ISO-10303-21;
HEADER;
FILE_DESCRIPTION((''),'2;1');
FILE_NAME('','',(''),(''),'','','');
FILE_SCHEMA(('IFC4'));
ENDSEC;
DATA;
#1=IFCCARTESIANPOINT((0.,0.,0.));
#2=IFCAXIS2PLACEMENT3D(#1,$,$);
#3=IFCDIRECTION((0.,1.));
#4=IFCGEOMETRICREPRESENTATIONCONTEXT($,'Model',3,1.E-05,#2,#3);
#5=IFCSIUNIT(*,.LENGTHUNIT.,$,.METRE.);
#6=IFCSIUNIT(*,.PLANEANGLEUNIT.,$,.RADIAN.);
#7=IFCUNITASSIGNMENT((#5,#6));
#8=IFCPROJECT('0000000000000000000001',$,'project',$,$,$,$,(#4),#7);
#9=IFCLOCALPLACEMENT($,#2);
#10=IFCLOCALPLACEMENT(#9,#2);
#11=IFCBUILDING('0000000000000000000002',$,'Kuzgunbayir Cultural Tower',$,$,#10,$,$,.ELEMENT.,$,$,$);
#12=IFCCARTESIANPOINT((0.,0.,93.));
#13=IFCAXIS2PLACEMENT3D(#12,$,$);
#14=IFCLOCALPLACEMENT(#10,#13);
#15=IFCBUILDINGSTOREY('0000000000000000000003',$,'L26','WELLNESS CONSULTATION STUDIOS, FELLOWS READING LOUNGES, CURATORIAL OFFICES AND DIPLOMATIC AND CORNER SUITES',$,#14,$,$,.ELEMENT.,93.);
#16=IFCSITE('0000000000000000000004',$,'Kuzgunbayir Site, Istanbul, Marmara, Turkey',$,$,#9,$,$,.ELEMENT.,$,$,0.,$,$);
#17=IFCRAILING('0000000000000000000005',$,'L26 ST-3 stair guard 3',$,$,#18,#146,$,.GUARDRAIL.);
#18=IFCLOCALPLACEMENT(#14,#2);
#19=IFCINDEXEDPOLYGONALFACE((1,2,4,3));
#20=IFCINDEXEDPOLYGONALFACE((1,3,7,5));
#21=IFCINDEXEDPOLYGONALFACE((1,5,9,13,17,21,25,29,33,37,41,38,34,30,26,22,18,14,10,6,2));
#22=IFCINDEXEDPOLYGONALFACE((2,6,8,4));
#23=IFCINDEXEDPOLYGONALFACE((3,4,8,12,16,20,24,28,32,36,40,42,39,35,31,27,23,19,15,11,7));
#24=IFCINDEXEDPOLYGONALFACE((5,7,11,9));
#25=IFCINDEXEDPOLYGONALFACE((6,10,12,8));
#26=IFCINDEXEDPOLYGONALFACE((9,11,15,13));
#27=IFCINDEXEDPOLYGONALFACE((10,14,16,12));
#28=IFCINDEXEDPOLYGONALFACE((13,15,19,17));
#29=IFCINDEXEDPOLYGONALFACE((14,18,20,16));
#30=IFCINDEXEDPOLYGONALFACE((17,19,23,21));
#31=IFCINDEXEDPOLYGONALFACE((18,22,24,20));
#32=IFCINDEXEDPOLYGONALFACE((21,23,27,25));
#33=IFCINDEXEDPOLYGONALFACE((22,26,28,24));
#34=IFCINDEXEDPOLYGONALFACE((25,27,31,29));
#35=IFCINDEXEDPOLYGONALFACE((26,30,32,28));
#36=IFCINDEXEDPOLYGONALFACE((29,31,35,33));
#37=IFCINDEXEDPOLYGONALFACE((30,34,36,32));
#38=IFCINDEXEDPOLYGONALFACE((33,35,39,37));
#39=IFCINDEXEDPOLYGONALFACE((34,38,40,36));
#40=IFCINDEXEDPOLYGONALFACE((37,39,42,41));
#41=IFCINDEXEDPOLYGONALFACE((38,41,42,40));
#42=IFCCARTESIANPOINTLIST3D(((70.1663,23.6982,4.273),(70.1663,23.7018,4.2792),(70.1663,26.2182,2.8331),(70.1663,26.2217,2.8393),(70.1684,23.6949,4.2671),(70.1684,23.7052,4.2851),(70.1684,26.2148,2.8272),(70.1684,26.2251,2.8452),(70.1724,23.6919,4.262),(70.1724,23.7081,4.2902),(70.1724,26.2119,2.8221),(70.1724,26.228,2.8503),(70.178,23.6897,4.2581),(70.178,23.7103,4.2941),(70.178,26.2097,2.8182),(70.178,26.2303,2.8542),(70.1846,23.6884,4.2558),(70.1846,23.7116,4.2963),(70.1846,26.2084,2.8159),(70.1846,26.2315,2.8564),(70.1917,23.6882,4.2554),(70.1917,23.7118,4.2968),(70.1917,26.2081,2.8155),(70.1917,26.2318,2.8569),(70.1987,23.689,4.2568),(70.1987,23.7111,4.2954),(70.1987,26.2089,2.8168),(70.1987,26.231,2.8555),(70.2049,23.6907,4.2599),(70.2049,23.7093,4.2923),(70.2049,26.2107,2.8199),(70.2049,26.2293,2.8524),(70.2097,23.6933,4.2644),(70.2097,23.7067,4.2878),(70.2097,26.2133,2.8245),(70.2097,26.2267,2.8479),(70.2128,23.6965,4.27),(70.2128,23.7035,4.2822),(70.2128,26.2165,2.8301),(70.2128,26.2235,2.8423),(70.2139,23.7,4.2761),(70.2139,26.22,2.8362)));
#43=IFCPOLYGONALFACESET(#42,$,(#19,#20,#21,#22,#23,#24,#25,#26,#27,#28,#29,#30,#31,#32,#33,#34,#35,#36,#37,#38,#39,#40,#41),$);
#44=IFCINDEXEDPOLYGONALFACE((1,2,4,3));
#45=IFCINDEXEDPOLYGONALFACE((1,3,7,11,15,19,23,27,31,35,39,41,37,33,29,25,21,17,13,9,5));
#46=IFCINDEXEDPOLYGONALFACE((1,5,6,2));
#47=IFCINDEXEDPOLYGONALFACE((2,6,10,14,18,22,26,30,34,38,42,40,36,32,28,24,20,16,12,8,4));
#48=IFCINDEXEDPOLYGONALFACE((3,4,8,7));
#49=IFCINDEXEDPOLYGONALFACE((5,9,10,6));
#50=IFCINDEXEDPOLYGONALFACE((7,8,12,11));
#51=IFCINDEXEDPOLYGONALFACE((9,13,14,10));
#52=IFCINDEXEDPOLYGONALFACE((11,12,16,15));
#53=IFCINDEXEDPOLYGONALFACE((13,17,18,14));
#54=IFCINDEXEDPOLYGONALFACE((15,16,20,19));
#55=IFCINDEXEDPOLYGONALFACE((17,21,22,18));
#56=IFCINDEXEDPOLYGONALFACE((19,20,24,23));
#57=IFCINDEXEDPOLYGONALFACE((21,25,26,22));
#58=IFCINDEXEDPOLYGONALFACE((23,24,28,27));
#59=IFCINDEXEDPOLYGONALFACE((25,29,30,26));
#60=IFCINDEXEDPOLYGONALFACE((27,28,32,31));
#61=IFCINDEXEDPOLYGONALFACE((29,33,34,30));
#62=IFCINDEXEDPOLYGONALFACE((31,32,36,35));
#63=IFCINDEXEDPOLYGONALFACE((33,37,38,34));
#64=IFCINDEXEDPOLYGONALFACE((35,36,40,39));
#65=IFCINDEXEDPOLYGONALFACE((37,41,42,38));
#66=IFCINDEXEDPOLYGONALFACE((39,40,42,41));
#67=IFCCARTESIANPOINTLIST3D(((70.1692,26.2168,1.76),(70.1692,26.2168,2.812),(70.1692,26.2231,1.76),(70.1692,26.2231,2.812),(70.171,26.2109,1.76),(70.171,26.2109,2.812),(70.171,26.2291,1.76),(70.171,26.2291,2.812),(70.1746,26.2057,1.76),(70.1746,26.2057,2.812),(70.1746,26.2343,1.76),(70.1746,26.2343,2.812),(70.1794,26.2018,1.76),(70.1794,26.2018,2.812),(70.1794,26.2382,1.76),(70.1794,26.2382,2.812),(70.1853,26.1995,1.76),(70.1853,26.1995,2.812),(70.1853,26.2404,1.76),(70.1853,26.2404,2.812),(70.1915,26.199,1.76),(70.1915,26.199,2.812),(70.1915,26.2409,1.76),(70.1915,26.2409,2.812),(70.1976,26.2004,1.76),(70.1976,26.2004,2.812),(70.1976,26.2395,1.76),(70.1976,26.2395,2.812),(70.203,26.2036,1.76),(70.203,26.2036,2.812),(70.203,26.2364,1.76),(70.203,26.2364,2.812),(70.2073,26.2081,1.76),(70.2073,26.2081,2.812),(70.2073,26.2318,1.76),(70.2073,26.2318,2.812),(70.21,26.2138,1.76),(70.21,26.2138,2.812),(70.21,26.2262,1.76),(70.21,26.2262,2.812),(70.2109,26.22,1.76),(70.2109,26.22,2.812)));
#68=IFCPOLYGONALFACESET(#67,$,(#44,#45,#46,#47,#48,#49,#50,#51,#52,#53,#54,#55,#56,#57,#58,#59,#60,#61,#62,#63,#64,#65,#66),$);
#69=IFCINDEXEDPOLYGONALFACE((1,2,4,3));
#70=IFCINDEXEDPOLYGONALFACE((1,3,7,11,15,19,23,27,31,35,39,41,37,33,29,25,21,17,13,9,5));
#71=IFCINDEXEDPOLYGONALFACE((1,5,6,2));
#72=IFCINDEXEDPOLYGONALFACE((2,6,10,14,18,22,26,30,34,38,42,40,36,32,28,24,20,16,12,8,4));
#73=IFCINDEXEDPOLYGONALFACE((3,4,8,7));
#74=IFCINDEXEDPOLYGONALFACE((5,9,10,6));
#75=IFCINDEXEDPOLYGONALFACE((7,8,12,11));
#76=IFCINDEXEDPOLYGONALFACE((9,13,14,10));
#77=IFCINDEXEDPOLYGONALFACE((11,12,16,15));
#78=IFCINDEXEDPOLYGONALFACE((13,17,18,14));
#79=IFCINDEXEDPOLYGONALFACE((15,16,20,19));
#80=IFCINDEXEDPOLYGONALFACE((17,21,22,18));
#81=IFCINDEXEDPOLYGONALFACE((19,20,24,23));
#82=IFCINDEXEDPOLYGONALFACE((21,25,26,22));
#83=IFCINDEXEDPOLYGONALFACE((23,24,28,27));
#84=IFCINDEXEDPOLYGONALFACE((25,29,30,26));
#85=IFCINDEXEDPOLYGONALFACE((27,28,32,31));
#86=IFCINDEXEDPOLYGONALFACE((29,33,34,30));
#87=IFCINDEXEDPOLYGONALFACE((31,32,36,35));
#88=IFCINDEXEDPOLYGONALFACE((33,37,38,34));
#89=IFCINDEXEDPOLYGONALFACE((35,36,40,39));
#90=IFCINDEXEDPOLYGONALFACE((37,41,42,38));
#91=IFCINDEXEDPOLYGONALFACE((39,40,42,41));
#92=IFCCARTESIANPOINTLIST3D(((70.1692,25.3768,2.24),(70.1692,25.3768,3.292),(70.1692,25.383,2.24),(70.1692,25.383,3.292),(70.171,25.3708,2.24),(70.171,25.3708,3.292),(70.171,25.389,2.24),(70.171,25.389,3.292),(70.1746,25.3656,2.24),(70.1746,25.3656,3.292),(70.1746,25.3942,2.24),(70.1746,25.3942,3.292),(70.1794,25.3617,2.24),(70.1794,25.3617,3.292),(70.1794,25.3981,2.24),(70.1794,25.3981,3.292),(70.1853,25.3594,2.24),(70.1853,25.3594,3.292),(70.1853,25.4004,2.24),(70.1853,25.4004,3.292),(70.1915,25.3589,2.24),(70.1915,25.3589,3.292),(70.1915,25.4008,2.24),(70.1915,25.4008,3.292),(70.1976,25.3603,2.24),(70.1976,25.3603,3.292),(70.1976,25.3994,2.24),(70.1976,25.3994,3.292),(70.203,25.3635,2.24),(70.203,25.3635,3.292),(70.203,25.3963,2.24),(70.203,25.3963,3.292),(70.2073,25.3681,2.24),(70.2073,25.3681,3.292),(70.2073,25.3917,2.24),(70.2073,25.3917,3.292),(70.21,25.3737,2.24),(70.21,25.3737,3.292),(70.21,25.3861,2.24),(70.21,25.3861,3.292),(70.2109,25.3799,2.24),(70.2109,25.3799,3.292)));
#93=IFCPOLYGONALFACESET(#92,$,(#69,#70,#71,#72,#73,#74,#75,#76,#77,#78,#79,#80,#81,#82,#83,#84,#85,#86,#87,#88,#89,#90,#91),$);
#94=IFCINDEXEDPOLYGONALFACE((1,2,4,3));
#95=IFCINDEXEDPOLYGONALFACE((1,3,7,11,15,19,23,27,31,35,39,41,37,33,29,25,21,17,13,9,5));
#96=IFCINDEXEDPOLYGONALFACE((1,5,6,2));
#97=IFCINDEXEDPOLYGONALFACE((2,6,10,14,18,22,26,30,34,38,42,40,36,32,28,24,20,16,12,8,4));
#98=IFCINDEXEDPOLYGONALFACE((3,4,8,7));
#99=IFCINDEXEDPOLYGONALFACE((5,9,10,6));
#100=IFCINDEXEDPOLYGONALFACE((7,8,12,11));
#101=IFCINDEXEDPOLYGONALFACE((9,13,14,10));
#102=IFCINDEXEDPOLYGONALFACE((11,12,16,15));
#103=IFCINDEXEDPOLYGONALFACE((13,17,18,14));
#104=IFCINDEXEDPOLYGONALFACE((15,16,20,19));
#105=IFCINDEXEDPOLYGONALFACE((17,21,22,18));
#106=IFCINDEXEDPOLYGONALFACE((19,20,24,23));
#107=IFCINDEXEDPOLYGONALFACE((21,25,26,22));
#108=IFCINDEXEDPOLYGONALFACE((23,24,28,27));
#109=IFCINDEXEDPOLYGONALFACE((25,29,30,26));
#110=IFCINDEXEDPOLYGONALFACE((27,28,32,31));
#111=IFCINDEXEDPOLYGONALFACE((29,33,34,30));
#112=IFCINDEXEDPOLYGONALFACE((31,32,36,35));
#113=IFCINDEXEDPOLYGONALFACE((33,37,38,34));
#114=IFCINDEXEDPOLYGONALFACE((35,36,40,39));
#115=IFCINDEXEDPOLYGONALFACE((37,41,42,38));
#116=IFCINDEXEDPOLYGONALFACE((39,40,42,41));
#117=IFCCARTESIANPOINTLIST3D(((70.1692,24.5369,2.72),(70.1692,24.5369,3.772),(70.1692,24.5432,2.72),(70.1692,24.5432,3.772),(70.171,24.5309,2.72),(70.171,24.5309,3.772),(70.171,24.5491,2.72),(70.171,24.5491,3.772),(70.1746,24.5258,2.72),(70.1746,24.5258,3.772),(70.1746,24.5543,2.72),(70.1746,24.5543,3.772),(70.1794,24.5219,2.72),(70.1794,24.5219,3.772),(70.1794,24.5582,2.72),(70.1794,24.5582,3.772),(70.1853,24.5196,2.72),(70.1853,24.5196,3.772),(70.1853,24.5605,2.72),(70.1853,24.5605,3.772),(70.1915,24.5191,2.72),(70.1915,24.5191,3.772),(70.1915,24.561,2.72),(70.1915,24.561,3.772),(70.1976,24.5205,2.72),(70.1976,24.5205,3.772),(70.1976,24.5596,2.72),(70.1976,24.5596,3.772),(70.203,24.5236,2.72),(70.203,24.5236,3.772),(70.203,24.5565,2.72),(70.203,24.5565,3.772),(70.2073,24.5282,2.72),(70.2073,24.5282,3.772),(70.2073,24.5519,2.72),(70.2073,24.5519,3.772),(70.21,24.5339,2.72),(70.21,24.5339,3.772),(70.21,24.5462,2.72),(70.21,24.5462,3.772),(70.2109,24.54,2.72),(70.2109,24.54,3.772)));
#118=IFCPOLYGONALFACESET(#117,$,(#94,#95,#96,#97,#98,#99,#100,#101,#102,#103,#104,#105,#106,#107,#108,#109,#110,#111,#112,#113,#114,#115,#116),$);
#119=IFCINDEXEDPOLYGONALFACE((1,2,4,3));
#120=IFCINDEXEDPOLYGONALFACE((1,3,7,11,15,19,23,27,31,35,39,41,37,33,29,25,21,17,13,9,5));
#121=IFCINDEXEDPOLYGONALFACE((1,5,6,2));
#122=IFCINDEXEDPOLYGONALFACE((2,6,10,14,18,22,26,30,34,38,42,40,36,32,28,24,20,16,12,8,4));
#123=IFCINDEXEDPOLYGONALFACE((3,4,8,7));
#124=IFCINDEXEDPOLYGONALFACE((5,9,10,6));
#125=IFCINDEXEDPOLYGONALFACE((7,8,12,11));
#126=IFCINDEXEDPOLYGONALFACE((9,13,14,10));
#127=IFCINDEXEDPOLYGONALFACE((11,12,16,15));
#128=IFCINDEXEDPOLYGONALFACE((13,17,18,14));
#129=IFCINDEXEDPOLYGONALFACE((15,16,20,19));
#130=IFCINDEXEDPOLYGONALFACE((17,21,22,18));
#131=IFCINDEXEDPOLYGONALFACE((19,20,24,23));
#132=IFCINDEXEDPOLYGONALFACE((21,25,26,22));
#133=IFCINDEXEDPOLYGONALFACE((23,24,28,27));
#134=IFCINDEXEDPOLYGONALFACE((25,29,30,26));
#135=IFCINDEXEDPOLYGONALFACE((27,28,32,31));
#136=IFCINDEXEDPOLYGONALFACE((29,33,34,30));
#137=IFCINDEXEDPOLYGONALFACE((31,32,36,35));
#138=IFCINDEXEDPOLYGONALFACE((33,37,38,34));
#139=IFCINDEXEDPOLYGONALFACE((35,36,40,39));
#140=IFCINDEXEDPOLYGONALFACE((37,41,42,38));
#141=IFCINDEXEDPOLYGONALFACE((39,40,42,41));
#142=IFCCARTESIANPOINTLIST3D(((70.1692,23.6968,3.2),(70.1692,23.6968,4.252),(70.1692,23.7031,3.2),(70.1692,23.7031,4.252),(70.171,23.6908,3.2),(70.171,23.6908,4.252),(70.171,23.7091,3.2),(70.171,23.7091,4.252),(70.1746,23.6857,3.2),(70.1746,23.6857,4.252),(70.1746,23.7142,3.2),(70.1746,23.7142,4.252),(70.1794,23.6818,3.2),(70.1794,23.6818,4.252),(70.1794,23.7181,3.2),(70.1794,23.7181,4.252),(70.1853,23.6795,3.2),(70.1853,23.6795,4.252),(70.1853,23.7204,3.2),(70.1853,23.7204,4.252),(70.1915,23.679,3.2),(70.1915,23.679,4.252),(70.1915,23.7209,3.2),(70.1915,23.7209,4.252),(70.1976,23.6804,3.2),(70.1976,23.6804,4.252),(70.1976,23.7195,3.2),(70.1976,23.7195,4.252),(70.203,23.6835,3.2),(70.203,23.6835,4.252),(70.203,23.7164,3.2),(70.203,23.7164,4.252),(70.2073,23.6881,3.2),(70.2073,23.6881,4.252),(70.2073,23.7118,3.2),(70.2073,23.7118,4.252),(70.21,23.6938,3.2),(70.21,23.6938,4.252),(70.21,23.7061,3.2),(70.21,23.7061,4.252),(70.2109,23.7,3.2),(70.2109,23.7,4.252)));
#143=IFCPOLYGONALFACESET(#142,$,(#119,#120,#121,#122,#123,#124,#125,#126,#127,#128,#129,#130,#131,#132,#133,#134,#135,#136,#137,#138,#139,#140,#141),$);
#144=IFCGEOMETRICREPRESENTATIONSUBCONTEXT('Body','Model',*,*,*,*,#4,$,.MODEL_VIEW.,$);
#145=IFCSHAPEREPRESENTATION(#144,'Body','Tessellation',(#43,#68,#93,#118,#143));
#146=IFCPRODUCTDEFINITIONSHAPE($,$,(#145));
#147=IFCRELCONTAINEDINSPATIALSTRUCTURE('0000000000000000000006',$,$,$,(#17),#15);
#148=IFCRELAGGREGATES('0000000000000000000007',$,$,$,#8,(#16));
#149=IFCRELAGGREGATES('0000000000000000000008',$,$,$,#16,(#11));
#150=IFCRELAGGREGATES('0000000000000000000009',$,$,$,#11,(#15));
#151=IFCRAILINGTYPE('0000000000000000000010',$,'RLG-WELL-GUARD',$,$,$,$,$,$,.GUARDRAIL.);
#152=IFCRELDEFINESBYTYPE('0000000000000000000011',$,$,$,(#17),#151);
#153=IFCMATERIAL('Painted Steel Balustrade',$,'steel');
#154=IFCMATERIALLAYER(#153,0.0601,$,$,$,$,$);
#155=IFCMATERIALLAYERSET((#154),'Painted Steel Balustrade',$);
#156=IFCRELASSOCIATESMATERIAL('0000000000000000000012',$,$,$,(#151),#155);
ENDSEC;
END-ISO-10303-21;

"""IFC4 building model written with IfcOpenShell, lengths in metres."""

from ifc_helpers import new_model, si_unit, direction, frame, origin, origin_2d, place, context, subcontext, project, spatial, circle, extrude, material, layer, layer_set, type_object, element, save


model = new_model("IFC4")

# Units and contexts
model_context = context("Model", 3, precision=1e-05, world=origin(), true_north=direction((0.0, 1.0)))
body_context = subcontext(model_context, "Body", "Model", "MODEL_VIEW")
ifc_project = project(units=[si_unit("LENGTHUNIT", "METRE"), si_unit("PLANEANGLEUNIT", "RADIAN")], contexts=[model_context])

# Site, building, storey
site_placement = place(None, origin())
site = spatial("IfcSite", under=ifc_project, at=site_placement, Name="Kuzgunbayir Site, Istanbul, Marmara, Turkey", CompositionType="ELEMENT", RefElevation=0.0)
building_placement = place(site_placement, origin())
building = spatial("IfcBuilding", under=site, at=building_placement, Name="Kuzgunbayir Cultural Tower", CompositionType="ELEMENT")
storey_placement = place(building_placement, frame((0.0, 0.0, 93.0)))
storey = spatial("IfcBuildingStorey", under=building, at=storey_placement, Name="L26", Description="WELLNESS CONSULTATION STUDIOS, FELLOWS READING LOUNGES, CURATORIAL OFFICES AND DIPLOMATIC AND CORNER SUITES", CompositionType="ELEMENT", Elevation=93.0)

# Railing
ifc_material_1 = material(Name="Painted Steel Balustrade", Category="steel")
ifc_layer_1 = layer(ifc_material_1, 0.0601)
ifc_layer_set_1 = layer_set([ifc_layer_1], Name="Painted Steel Balustrade")
railing_type_1 = type_object("IfcRailingType", Name="RLG-WELL-GUARD", PredefinedType="GUARDRAIL", material=ifc_layer_set_1)
railing_1_placement = place(storey_placement, frame((70.1899, 26.22, 1.76)))
element("IfcRailing", 1, at=railing_1_placement, inside=storey, type_object=railing_type_1, Name="L26 ST-3 stair guard 3", PredefinedType="GUARDRAIL", context=body_context, shape_type="SweptSolid", body=[
    extrude(circle(Radius=0.0239, at=origin_2d()), frame((0.0, 0.0, 1.0762), z_axis=(0.0, -0.868253, 0.496121), x_axis=(1.0, 0.0, 0.0)), (0.0, 0.0, 1.0), 2.9023),
    extrude(circle(Radius=0.021, at=origin_2d()), origin(), (0.0, 0.0, 1.0), 1.052),
    extrude(circle(Radius=0.021, at=origin_2d()), frame((0.0, -0.8401, 0.48)), (0.0, 0.0, 1.0), 1.052),
    extrude(circle(Radius=0.021, at=origin_2d()), frame((0.0, -1.6799, 0.96)), (0.0, 0.0, 1.0), 1.052),
    extrude(circle(Radius=0.021, at=origin_2d()), frame((0.0, -2.52, 1.4399)), (0.0, 0.0, 1.0), 1.052),
])

save(model, "model.ifc")
